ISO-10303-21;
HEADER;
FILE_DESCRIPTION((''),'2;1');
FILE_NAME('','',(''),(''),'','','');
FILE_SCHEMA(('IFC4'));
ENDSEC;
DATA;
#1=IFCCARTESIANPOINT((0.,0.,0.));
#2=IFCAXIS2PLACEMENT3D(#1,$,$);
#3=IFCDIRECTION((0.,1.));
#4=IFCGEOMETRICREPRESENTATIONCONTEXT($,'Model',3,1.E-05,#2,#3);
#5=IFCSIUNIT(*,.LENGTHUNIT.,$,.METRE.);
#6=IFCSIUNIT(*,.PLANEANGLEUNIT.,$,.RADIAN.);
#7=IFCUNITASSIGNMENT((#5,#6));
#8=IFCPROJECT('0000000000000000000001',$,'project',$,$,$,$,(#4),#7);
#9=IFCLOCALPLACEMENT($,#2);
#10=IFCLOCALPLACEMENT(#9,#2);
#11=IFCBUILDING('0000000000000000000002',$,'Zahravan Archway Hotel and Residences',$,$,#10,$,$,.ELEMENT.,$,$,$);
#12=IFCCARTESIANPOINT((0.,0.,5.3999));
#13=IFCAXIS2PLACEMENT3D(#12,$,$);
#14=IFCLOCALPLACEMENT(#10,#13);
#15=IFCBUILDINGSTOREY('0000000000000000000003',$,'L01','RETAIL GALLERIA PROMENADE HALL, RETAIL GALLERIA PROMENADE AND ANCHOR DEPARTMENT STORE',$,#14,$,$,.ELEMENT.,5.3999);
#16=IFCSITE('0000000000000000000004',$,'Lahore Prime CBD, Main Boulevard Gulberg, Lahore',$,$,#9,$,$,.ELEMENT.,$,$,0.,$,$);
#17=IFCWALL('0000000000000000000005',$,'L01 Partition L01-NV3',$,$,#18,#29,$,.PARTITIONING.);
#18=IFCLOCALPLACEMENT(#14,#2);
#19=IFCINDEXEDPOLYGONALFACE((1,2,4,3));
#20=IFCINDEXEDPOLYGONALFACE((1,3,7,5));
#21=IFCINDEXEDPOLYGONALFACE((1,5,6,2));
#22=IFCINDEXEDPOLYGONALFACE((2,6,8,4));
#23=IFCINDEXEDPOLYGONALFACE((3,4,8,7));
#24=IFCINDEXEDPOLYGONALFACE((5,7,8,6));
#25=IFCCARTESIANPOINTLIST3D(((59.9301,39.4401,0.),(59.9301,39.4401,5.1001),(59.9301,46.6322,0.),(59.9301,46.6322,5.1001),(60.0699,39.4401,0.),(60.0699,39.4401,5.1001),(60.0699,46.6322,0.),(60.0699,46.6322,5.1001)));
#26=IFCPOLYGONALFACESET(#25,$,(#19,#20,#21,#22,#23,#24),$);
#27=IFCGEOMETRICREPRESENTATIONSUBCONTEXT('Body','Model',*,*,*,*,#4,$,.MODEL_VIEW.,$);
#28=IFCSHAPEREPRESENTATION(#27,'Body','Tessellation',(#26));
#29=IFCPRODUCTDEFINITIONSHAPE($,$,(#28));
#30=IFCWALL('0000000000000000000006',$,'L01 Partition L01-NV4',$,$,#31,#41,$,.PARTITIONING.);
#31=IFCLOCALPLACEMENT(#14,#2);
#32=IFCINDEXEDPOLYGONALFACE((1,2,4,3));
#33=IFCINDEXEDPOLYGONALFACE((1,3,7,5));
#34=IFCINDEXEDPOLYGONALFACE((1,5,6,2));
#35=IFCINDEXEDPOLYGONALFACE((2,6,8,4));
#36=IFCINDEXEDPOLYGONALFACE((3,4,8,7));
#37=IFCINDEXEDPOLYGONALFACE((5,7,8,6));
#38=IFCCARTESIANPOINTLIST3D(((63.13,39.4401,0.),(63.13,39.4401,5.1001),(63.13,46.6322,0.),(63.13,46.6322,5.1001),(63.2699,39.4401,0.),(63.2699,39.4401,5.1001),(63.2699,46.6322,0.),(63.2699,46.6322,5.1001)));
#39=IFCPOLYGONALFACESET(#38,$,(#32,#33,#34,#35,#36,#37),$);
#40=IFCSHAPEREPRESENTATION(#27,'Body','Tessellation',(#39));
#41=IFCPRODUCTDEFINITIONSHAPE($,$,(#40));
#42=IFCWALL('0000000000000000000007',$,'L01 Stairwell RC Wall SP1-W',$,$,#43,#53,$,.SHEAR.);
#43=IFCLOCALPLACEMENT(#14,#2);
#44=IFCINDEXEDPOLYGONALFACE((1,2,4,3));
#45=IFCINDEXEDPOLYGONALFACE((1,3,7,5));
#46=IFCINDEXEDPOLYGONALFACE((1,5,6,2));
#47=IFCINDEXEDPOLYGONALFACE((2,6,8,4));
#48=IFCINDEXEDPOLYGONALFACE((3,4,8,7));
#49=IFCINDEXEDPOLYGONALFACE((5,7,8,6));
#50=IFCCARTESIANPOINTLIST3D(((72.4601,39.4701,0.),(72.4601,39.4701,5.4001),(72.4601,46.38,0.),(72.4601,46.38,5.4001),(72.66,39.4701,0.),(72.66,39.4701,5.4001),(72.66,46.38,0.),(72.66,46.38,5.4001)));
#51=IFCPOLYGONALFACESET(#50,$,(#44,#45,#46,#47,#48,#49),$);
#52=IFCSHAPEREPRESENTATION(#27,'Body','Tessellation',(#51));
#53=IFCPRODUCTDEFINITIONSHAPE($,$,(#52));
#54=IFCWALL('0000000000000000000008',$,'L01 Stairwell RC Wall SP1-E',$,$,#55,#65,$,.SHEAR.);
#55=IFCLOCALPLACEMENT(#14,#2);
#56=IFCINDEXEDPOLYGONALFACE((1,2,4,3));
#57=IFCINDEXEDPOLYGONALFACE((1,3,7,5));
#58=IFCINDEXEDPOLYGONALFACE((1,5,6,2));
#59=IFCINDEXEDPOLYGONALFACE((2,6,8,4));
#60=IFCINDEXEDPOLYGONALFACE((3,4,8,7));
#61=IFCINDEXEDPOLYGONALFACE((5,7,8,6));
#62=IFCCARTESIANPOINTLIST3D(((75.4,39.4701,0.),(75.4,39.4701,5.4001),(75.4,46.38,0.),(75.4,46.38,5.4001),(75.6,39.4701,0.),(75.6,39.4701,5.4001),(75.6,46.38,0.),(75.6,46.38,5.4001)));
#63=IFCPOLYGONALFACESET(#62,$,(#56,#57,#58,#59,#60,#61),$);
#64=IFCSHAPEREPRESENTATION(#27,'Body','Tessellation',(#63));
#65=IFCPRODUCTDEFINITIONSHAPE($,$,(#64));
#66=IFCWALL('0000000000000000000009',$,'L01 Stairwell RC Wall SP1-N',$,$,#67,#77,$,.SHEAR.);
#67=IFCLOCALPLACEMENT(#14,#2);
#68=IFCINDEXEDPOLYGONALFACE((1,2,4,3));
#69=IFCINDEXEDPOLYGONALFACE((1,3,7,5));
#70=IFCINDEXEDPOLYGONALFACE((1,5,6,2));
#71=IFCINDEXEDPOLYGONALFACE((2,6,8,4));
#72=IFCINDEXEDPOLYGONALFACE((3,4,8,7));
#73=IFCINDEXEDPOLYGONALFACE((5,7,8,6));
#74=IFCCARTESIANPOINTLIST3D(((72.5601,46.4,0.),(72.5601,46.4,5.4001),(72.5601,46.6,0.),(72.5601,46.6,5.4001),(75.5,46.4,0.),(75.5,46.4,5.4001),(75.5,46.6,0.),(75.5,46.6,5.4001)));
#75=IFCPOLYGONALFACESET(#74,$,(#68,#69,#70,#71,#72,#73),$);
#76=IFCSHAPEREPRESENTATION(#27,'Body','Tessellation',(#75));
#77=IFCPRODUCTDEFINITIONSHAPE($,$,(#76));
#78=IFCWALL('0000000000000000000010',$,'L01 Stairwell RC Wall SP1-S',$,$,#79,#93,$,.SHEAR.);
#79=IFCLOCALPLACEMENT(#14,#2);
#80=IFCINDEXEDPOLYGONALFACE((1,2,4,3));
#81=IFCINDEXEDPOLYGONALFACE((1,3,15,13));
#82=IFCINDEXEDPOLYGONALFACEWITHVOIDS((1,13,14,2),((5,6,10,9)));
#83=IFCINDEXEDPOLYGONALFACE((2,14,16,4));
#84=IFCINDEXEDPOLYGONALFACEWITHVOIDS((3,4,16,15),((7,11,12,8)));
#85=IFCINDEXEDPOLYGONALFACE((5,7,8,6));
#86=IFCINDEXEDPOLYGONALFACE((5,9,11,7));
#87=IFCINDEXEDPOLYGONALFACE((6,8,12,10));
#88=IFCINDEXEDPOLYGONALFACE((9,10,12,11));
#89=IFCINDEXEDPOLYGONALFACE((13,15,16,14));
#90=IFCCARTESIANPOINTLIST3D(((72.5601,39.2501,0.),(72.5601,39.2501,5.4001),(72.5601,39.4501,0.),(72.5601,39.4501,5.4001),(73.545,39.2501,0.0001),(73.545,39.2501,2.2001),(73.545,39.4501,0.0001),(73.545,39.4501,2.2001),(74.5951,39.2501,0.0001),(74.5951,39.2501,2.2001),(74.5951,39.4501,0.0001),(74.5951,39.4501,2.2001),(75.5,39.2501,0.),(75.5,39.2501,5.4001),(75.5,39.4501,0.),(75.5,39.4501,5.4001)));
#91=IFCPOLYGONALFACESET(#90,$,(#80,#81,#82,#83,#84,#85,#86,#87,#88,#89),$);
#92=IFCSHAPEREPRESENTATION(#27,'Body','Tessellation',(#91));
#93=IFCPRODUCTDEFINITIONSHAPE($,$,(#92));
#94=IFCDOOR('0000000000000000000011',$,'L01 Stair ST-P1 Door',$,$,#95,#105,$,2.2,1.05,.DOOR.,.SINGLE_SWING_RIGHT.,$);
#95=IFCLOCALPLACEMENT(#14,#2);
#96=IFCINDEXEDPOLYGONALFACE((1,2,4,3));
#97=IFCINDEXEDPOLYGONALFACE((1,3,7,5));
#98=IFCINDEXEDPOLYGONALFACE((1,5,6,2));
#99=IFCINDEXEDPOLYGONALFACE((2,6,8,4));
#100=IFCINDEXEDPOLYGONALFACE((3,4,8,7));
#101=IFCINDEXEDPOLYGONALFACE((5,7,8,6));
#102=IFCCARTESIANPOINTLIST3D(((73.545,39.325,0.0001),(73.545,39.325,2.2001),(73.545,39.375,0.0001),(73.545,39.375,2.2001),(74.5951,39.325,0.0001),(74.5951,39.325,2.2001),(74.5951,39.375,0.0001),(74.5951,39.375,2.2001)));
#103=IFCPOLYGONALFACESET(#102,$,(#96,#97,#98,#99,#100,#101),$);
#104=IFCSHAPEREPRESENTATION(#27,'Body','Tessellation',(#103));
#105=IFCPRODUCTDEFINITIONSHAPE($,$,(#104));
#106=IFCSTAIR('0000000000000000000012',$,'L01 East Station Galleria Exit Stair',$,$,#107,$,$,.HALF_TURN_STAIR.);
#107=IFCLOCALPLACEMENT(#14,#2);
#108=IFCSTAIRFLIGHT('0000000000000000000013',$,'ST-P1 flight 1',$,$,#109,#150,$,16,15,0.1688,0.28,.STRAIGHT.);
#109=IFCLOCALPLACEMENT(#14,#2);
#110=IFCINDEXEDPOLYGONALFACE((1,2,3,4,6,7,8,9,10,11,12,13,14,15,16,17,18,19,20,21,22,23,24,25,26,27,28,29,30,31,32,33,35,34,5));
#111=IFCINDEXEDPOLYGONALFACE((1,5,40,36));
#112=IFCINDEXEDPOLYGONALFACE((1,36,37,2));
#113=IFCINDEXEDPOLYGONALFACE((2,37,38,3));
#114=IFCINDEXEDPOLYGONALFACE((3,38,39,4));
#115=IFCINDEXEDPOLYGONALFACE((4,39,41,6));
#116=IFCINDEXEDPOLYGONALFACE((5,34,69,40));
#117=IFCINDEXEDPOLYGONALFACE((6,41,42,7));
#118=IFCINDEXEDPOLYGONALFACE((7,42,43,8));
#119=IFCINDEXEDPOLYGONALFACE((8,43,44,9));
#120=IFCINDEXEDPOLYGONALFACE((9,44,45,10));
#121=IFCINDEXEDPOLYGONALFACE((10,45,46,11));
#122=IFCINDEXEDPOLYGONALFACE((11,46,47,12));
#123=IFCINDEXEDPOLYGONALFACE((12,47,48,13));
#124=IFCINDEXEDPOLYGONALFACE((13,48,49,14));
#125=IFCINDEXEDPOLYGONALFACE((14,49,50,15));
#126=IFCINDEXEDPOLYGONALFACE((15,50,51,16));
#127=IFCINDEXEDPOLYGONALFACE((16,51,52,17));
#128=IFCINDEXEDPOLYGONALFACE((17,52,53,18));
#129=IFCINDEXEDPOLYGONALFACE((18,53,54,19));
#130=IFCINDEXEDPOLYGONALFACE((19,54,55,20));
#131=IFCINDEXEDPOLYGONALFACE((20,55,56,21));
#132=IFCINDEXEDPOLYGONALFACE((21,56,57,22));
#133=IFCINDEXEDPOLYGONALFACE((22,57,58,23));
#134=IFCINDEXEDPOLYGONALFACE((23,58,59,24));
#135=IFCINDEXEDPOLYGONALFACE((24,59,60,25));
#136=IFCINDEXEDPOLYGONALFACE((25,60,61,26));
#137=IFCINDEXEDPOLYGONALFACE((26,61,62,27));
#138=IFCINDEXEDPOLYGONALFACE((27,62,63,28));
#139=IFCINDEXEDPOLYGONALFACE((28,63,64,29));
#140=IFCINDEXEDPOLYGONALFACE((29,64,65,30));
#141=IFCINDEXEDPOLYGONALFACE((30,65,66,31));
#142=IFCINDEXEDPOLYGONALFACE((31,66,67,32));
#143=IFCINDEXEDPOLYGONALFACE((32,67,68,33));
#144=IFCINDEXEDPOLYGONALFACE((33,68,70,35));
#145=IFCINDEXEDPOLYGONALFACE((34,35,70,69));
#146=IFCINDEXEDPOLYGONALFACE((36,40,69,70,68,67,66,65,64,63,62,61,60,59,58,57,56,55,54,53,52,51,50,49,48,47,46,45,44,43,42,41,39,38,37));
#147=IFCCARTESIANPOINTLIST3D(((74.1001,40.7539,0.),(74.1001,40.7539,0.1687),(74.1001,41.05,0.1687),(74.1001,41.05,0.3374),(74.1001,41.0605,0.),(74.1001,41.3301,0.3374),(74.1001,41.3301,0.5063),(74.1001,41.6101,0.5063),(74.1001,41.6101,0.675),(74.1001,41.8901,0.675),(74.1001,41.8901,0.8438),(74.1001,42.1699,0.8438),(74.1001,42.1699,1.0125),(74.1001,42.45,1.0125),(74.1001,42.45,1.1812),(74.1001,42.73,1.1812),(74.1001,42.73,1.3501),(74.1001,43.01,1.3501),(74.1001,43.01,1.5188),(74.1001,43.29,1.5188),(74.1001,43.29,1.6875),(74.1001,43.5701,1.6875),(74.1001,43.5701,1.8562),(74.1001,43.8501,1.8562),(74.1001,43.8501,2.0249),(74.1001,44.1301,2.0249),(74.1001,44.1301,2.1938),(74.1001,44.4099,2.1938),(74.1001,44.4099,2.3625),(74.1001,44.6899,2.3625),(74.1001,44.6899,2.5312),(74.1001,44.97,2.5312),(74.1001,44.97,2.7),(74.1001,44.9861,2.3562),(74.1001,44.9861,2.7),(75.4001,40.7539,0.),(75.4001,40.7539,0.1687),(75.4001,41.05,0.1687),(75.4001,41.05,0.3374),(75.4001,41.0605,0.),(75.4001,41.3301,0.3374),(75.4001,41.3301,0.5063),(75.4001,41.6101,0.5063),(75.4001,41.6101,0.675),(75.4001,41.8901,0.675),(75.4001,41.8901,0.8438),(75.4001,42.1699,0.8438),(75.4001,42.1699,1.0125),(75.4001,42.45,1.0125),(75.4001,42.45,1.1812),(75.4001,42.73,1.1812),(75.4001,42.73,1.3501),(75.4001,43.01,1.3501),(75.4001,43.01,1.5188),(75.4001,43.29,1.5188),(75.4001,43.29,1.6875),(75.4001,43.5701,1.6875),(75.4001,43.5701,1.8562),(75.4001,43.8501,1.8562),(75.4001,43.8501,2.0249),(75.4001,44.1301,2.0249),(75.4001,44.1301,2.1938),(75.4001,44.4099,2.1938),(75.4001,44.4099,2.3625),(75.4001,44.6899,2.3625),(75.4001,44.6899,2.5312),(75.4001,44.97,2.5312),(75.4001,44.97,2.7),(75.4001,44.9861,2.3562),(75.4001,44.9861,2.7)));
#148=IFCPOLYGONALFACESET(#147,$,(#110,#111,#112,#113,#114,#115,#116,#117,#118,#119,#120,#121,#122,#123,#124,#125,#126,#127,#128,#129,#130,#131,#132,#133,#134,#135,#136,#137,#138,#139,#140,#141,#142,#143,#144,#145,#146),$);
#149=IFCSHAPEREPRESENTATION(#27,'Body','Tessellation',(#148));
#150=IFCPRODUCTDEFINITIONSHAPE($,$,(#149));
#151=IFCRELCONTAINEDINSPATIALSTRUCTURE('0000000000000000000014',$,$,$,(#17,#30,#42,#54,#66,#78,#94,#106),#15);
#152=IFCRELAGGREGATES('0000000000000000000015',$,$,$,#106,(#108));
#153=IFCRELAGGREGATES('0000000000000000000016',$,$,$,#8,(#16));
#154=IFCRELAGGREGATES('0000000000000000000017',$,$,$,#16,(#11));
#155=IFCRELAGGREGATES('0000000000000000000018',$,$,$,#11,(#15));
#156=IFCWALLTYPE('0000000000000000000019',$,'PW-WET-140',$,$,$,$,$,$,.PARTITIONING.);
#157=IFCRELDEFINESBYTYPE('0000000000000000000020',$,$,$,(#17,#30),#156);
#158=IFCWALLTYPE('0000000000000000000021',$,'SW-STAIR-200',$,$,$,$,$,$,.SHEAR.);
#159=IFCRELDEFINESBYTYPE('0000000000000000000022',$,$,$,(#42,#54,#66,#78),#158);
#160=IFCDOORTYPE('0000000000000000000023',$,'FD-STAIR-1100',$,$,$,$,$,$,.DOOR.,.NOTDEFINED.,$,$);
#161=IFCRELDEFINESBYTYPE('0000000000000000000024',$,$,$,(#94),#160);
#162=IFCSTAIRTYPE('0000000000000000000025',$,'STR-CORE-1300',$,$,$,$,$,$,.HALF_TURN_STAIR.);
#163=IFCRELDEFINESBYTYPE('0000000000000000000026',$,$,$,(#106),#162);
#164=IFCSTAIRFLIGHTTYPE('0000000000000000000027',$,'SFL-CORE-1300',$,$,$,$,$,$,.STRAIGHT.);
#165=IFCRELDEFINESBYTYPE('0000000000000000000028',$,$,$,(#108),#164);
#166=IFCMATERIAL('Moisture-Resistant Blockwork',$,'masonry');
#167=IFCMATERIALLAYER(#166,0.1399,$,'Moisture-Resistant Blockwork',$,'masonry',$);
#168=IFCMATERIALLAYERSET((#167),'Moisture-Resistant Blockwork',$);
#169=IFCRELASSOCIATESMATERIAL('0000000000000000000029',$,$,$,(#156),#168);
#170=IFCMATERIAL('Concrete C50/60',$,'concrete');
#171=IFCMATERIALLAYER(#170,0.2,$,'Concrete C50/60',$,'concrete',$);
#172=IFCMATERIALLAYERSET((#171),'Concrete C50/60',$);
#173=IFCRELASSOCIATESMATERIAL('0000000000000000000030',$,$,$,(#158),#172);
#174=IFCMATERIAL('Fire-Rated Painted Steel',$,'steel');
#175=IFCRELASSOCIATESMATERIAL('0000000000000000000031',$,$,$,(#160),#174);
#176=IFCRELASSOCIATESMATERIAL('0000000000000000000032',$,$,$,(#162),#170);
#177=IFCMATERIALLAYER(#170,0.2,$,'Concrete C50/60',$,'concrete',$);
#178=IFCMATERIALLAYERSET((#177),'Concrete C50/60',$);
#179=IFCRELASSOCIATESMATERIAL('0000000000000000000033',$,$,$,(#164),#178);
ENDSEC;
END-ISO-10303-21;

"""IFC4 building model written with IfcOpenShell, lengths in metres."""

from ifc_helpers import new_model, si_unit, direction, frame, frame_2d, origin, place, context, subcontext, project, spatial, polyline, rectangle, outline, extrude, source, transform, mapped, material, layer, layer_set, type_object, type_shapes, element, fill, aggregate, save


model = new_model("IFC4")

# Units and contexts
model_context = context("Model", 3, precision=1e-05, world=origin(), true_north=direction((0.0, 1.0)))
body_context = subcontext(model_context, "Body", "Model", "MODEL_VIEW")
ifc_project = project(units=[si_unit("LENGTHUNIT", "METRE"), si_unit("PLANEANGLEUNIT", "RADIAN")], contexts=[model_context])

# Site, building, storey
site_placement = place(None, origin())
site = spatial("IfcSite", under=ifc_project, at=site_placement, Name="Lahore Prime CBD, Main Boulevard Gulberg, Lahore", CompositionType="ELEMENT", RefElevation=0.0)
building_placement = place(site_placement, origin())
building = spatial("IfcBuilding", under=site, at=building_placement, Name="Zahravan Archway Hotel and Residences", CompositionType="ELEMENT")
storey_placement = place(building_placement, frame((0.0, 0.0, 5.3999)))
storey = spatial("IfcBuildingStorey", under=building, at=storey_placement, Name="L01", Description="RETAIL GALLERIA PROMENADE HALL, RETAIL GALLERIA PROMENADE AND ANCHOR DEPARTMENT STORE", CompositionType="ELEMENT", Elevation=5.3999)

# Walls
ifc_material_1 = material(Name="Moisture-Resistant Blockwork", Category="masonry")
ifc_layer_1 = layer(ifc_material_1, 0.1399, Name="Moisture-Resistant Blockwork", Category="masonry")
ifc_layer_set_1 = layer_set([ifc_layer_1], Name="Moisture-Resistant Blockwork")
wall_type_1 = type_object("IfcWallType", Name="PW-WET-140", PredefinedType="PARTITIONING", material=ifc_layer_set_1)
for number, where, z_axis, x_axis, name in (
    (1, (60.0, 39.4399, 0.0), (0.0, 0.0, 1.0), (0.0, 1.0, 0.0), "L01 Partition L01-NV3"),
    (2, (63.2, 39.4399, 0.0), (0.0, 0.0, 1.0), (0.0, 1.0, 0.0), "L01 Partition L01-NV4"),
):
    element("IfcWall", number, at=place(storey_placement, frame(where, z_axis=z_axis, x_axis=x_axis)), inside=storey, type_object=wall_type_1, Name=name, PredefinedType="PARTITIONING", context=body_context, shape_type="SweptSolid", body=[
        extrude(rectangle(XDim=7.1921, YDim=0.1399, at=frame_2d((3.5962, 0.0))), origin(), (0.0, 0.0, 1.0), 5.1001),
    ])
ifc_material_2 = material(Name="Concrete C50/60", Category="concrete")
ifc_layer_2 = layer(ifc_material_2, 0.2, Name="Concrete C50/60", Category="concrete")
ifc_layer_set_2 = layer_set([ifc_layer_2], Name="Concrete C50/60")
wall_type_2 = type_object("IfcWallType", Name="SW-STAIR-200", PredefinedType="SHEAR", material=ifc_layer_set_2)
for number, where, z_axis, x_axis, name in (
    (3, (72.5601, 39.47, 0.0), (0.0, 0.0, 1.0), (0.0, 1.0, 0.0), "L01 Stairwell RC Wall SP1-W"),
    (4, (75.5, 39.47, 0.0), (0.0, 0.0, 1.0), (0.0, 1.0, 0.0), "L01 Stairwell RC Wall SP1-E"),
):
    element("IfcWall", number, at=place(storey_placement, frame(where, z_axis=z_axis, x_axis=x_axis)), inside=storey, type_object=wall_type_2, Name=name, PredefinedType="SHEAR", context=body_context, shape_type="SweptSolid", body=[
        extrude(rectangle(XDim=6.9099, YDim=0.2, at=frame_2d((3.4551, 0.0))), origin(), (0.0, 0.0, 1.0), 5.4001),
    ])
wall_1_placement = place(storey_placement, frame((72.5601, 46.5, 0.0), z_axis=(0.0, 0.0, 1.0), x_axis=(1.0, 0.0, 0.0)))
element("IfcWall", 5, at=wall_1_placement, inside=storey, type_object=wall_type_2, Name="L01 Stairwell RC Wall SP1-N", PredefinedType="SHEAR", context=body_context, shape_type="SweptSolid", body=[
    extrude(rectangle(XDim=2.9399, YDim=0.2, at=frame_2d((1.47, 0.0))), origin(), (0.0, 0.0, 1.0), 5.4001),
])

# Wall, opening, door
wall_2_placement = place(storey_placement, frame((72.5601, 39.3501, 0.0), z_axis=(0.0, 0.0, 1.0), x_axis=(1.0, 0.0, 0.0)))
wall_2 = element("IfcWall", 6, at=wall_2_placement, inside=storey, type_object=wall_type_2, Name="L01 Stairwell RC Wall SP1-S", PredefinedType="SHEAR", context=body_context, shape_type="SweptSolid", body=[
    extrude(rectangle(XDim=2.9399, YDim=0.2, at=frame_2d((1.47, 0.0))), origin(), (0.0, 0.0, 1.0), 5.4001),
])
opening_placement = place(wall_2_placement, frame((0.9851, 0.0, 0.0)))
opening = element("IfcOpeningElement", 7, at=opening_placement, cuts=wall_2, PredefinedType="OPENING", context=body_context, shape_type="SweptSolid", body=[
    extrude(rectangle(XDim=1.05, YDim=2.2, at=frame_2d((0.5249, 1.1001))), frame((0.0, 0.1099, 0.0), z_axis=(0.0, -1.0, 0.0), x_axis=(1.0, 0.0, 0.0)), (0.0, 0.0, 1.0), 0.22),
])
ifc_material_3 = material(Name="Fire-Rated Painted Steel", Category="steel")
door_type = type_object("IfcDoorType", Name="FD-STAIR-1100", OperationType="NOTDEFINED", PredefinedType="DOOR", material=ifc_material_3)
shared_shape_1 = source(origin(), body_context, "Body", "SweptSolid", [
    extrude(rectangle(XDim=1.05, YDim=2.2, at=frame_2d((0.5249, 1.1001))), frame((0.0, 0.0249, 0.0), z_axis=(0.0, -1.0, 0.0), x_axis=(1.0, 0.0, 0.0)), (0.0, 0.0, 1.0), 0.05),
])
type_shapes(door_type, [shared_shape_1])
door_placement = place(opening_placement, origin())
door = element("IfcDoor", 8, at=door_placement, inside=storey, type_object=door_type, Name="L01 Stair ST-P1 Door", OperationType="SINGLE_SWING_RIGHT", OverallHeight=2.2, OverallWidth=1.05, PredefinedType="DOOR", context=body_context, shape_type="MappedRepresentation", body=[
    mapped(shared_shape_1, transform((0.0, 0.0, 0.0), scale=1.0)),
])
fill(opening, door)

# Stair, stair flight
stair_type = type_object("IfcStairType", Name="STR-CORE-1300", PredefinedType="HALF_TURN_STAIR", material=ifc_material_2)
stair_placement = place(storey_placement, origin())
stair = element("IfcStair", 9, at=stair_placement, inside=storey, type_object=stair_type, Name="L01 East Station Galleria Exit Stair", PredefinedType="HALF_TURN_STAIR")
ifc_layer_3 = layer(ifc_material_2, 0.2, Name="Concrete C50/60", Category="concrete")
ifc_layer_set_3 = layer_set([ifc_layer_3], Name="Concrete C50/60")
stair_flight_type = type_object("IfcStairFlightType", Name="SFL-CORE-1300", PredefinedType="STRAIGHT", material=ifc_layer_set_3)
shared_shape_2 = source(origin(), body_context, "Body", "SweptSolid", [
    extrude(outline(polyline([(-0.0161, 0.0), (-0.0161, 0.1687), (0.28, 0.1687), (0.28, 0.3374), (0.5601, 0.3374), (0.5601, 0.5063), (0.8401, 0.5063), (0.8401, 0.675), (1.1201, 0.675), (1.1201, 0.8438), (1.3999, 0.8438), (1.3999, 1.0125), (1.6799, 1.0125), (1.6799, 1.1812), (1.96, 1.1812), (1.96, 1.3501), (2.24, 1.3501), (2.24, 1.5188), (2.52, 1.5188), (2.52, 1.6875), (2.8, 1.6875), (2.8, 1.8562), (3.0801, 1.8562), (3.0801, 2.0249), (3.3601, 2.0249), (3.3601, 2.1938), (3.6399, 2.1938), (3.6399, 2.3625), (3.9199, 2.3625), (3.9199, 2.5312), (4.2, 2.5312), (4.2, 2.7), (4.2161, 2.7), (4.2161, 2.3562), (0.2905, 0.0), (-0.0161, 0.0)])), frame((0.0, 0.6499, 0.0), z_axis=(0.0, -1.0, 0.0), x_axis=(1.0, 0.0, 0.0)), (0.0, 0.0, 1.0), 1.3),
])
stair_flight_1_placement = place(storey_placement, frame((74.75, 40.77, 0.0), z_axis=(0.0, 0.0, 1.0), x_axis=(0.0, 1.0, 0.0)))
stair_flight_1 = element("IfcStairFlight", 10, at=stair_flight_1_placement, type_object=stair_flight_type, Name="ST-P1 flight 1", NumberOfRisers=16, NumberOfTreads=15, PredefinedType="STRAIGHT", RiserHeight=0.1688, TreadLength=0.28, context=body_context, shape_type="MappedRepresentation", body=[
    mapped(shared_shape_2, transform((0.0, 0.0, 0.0), scale=1.0)),
])
aggregate(stair, [stair_flight_1])

save(model, "model.ifc")
